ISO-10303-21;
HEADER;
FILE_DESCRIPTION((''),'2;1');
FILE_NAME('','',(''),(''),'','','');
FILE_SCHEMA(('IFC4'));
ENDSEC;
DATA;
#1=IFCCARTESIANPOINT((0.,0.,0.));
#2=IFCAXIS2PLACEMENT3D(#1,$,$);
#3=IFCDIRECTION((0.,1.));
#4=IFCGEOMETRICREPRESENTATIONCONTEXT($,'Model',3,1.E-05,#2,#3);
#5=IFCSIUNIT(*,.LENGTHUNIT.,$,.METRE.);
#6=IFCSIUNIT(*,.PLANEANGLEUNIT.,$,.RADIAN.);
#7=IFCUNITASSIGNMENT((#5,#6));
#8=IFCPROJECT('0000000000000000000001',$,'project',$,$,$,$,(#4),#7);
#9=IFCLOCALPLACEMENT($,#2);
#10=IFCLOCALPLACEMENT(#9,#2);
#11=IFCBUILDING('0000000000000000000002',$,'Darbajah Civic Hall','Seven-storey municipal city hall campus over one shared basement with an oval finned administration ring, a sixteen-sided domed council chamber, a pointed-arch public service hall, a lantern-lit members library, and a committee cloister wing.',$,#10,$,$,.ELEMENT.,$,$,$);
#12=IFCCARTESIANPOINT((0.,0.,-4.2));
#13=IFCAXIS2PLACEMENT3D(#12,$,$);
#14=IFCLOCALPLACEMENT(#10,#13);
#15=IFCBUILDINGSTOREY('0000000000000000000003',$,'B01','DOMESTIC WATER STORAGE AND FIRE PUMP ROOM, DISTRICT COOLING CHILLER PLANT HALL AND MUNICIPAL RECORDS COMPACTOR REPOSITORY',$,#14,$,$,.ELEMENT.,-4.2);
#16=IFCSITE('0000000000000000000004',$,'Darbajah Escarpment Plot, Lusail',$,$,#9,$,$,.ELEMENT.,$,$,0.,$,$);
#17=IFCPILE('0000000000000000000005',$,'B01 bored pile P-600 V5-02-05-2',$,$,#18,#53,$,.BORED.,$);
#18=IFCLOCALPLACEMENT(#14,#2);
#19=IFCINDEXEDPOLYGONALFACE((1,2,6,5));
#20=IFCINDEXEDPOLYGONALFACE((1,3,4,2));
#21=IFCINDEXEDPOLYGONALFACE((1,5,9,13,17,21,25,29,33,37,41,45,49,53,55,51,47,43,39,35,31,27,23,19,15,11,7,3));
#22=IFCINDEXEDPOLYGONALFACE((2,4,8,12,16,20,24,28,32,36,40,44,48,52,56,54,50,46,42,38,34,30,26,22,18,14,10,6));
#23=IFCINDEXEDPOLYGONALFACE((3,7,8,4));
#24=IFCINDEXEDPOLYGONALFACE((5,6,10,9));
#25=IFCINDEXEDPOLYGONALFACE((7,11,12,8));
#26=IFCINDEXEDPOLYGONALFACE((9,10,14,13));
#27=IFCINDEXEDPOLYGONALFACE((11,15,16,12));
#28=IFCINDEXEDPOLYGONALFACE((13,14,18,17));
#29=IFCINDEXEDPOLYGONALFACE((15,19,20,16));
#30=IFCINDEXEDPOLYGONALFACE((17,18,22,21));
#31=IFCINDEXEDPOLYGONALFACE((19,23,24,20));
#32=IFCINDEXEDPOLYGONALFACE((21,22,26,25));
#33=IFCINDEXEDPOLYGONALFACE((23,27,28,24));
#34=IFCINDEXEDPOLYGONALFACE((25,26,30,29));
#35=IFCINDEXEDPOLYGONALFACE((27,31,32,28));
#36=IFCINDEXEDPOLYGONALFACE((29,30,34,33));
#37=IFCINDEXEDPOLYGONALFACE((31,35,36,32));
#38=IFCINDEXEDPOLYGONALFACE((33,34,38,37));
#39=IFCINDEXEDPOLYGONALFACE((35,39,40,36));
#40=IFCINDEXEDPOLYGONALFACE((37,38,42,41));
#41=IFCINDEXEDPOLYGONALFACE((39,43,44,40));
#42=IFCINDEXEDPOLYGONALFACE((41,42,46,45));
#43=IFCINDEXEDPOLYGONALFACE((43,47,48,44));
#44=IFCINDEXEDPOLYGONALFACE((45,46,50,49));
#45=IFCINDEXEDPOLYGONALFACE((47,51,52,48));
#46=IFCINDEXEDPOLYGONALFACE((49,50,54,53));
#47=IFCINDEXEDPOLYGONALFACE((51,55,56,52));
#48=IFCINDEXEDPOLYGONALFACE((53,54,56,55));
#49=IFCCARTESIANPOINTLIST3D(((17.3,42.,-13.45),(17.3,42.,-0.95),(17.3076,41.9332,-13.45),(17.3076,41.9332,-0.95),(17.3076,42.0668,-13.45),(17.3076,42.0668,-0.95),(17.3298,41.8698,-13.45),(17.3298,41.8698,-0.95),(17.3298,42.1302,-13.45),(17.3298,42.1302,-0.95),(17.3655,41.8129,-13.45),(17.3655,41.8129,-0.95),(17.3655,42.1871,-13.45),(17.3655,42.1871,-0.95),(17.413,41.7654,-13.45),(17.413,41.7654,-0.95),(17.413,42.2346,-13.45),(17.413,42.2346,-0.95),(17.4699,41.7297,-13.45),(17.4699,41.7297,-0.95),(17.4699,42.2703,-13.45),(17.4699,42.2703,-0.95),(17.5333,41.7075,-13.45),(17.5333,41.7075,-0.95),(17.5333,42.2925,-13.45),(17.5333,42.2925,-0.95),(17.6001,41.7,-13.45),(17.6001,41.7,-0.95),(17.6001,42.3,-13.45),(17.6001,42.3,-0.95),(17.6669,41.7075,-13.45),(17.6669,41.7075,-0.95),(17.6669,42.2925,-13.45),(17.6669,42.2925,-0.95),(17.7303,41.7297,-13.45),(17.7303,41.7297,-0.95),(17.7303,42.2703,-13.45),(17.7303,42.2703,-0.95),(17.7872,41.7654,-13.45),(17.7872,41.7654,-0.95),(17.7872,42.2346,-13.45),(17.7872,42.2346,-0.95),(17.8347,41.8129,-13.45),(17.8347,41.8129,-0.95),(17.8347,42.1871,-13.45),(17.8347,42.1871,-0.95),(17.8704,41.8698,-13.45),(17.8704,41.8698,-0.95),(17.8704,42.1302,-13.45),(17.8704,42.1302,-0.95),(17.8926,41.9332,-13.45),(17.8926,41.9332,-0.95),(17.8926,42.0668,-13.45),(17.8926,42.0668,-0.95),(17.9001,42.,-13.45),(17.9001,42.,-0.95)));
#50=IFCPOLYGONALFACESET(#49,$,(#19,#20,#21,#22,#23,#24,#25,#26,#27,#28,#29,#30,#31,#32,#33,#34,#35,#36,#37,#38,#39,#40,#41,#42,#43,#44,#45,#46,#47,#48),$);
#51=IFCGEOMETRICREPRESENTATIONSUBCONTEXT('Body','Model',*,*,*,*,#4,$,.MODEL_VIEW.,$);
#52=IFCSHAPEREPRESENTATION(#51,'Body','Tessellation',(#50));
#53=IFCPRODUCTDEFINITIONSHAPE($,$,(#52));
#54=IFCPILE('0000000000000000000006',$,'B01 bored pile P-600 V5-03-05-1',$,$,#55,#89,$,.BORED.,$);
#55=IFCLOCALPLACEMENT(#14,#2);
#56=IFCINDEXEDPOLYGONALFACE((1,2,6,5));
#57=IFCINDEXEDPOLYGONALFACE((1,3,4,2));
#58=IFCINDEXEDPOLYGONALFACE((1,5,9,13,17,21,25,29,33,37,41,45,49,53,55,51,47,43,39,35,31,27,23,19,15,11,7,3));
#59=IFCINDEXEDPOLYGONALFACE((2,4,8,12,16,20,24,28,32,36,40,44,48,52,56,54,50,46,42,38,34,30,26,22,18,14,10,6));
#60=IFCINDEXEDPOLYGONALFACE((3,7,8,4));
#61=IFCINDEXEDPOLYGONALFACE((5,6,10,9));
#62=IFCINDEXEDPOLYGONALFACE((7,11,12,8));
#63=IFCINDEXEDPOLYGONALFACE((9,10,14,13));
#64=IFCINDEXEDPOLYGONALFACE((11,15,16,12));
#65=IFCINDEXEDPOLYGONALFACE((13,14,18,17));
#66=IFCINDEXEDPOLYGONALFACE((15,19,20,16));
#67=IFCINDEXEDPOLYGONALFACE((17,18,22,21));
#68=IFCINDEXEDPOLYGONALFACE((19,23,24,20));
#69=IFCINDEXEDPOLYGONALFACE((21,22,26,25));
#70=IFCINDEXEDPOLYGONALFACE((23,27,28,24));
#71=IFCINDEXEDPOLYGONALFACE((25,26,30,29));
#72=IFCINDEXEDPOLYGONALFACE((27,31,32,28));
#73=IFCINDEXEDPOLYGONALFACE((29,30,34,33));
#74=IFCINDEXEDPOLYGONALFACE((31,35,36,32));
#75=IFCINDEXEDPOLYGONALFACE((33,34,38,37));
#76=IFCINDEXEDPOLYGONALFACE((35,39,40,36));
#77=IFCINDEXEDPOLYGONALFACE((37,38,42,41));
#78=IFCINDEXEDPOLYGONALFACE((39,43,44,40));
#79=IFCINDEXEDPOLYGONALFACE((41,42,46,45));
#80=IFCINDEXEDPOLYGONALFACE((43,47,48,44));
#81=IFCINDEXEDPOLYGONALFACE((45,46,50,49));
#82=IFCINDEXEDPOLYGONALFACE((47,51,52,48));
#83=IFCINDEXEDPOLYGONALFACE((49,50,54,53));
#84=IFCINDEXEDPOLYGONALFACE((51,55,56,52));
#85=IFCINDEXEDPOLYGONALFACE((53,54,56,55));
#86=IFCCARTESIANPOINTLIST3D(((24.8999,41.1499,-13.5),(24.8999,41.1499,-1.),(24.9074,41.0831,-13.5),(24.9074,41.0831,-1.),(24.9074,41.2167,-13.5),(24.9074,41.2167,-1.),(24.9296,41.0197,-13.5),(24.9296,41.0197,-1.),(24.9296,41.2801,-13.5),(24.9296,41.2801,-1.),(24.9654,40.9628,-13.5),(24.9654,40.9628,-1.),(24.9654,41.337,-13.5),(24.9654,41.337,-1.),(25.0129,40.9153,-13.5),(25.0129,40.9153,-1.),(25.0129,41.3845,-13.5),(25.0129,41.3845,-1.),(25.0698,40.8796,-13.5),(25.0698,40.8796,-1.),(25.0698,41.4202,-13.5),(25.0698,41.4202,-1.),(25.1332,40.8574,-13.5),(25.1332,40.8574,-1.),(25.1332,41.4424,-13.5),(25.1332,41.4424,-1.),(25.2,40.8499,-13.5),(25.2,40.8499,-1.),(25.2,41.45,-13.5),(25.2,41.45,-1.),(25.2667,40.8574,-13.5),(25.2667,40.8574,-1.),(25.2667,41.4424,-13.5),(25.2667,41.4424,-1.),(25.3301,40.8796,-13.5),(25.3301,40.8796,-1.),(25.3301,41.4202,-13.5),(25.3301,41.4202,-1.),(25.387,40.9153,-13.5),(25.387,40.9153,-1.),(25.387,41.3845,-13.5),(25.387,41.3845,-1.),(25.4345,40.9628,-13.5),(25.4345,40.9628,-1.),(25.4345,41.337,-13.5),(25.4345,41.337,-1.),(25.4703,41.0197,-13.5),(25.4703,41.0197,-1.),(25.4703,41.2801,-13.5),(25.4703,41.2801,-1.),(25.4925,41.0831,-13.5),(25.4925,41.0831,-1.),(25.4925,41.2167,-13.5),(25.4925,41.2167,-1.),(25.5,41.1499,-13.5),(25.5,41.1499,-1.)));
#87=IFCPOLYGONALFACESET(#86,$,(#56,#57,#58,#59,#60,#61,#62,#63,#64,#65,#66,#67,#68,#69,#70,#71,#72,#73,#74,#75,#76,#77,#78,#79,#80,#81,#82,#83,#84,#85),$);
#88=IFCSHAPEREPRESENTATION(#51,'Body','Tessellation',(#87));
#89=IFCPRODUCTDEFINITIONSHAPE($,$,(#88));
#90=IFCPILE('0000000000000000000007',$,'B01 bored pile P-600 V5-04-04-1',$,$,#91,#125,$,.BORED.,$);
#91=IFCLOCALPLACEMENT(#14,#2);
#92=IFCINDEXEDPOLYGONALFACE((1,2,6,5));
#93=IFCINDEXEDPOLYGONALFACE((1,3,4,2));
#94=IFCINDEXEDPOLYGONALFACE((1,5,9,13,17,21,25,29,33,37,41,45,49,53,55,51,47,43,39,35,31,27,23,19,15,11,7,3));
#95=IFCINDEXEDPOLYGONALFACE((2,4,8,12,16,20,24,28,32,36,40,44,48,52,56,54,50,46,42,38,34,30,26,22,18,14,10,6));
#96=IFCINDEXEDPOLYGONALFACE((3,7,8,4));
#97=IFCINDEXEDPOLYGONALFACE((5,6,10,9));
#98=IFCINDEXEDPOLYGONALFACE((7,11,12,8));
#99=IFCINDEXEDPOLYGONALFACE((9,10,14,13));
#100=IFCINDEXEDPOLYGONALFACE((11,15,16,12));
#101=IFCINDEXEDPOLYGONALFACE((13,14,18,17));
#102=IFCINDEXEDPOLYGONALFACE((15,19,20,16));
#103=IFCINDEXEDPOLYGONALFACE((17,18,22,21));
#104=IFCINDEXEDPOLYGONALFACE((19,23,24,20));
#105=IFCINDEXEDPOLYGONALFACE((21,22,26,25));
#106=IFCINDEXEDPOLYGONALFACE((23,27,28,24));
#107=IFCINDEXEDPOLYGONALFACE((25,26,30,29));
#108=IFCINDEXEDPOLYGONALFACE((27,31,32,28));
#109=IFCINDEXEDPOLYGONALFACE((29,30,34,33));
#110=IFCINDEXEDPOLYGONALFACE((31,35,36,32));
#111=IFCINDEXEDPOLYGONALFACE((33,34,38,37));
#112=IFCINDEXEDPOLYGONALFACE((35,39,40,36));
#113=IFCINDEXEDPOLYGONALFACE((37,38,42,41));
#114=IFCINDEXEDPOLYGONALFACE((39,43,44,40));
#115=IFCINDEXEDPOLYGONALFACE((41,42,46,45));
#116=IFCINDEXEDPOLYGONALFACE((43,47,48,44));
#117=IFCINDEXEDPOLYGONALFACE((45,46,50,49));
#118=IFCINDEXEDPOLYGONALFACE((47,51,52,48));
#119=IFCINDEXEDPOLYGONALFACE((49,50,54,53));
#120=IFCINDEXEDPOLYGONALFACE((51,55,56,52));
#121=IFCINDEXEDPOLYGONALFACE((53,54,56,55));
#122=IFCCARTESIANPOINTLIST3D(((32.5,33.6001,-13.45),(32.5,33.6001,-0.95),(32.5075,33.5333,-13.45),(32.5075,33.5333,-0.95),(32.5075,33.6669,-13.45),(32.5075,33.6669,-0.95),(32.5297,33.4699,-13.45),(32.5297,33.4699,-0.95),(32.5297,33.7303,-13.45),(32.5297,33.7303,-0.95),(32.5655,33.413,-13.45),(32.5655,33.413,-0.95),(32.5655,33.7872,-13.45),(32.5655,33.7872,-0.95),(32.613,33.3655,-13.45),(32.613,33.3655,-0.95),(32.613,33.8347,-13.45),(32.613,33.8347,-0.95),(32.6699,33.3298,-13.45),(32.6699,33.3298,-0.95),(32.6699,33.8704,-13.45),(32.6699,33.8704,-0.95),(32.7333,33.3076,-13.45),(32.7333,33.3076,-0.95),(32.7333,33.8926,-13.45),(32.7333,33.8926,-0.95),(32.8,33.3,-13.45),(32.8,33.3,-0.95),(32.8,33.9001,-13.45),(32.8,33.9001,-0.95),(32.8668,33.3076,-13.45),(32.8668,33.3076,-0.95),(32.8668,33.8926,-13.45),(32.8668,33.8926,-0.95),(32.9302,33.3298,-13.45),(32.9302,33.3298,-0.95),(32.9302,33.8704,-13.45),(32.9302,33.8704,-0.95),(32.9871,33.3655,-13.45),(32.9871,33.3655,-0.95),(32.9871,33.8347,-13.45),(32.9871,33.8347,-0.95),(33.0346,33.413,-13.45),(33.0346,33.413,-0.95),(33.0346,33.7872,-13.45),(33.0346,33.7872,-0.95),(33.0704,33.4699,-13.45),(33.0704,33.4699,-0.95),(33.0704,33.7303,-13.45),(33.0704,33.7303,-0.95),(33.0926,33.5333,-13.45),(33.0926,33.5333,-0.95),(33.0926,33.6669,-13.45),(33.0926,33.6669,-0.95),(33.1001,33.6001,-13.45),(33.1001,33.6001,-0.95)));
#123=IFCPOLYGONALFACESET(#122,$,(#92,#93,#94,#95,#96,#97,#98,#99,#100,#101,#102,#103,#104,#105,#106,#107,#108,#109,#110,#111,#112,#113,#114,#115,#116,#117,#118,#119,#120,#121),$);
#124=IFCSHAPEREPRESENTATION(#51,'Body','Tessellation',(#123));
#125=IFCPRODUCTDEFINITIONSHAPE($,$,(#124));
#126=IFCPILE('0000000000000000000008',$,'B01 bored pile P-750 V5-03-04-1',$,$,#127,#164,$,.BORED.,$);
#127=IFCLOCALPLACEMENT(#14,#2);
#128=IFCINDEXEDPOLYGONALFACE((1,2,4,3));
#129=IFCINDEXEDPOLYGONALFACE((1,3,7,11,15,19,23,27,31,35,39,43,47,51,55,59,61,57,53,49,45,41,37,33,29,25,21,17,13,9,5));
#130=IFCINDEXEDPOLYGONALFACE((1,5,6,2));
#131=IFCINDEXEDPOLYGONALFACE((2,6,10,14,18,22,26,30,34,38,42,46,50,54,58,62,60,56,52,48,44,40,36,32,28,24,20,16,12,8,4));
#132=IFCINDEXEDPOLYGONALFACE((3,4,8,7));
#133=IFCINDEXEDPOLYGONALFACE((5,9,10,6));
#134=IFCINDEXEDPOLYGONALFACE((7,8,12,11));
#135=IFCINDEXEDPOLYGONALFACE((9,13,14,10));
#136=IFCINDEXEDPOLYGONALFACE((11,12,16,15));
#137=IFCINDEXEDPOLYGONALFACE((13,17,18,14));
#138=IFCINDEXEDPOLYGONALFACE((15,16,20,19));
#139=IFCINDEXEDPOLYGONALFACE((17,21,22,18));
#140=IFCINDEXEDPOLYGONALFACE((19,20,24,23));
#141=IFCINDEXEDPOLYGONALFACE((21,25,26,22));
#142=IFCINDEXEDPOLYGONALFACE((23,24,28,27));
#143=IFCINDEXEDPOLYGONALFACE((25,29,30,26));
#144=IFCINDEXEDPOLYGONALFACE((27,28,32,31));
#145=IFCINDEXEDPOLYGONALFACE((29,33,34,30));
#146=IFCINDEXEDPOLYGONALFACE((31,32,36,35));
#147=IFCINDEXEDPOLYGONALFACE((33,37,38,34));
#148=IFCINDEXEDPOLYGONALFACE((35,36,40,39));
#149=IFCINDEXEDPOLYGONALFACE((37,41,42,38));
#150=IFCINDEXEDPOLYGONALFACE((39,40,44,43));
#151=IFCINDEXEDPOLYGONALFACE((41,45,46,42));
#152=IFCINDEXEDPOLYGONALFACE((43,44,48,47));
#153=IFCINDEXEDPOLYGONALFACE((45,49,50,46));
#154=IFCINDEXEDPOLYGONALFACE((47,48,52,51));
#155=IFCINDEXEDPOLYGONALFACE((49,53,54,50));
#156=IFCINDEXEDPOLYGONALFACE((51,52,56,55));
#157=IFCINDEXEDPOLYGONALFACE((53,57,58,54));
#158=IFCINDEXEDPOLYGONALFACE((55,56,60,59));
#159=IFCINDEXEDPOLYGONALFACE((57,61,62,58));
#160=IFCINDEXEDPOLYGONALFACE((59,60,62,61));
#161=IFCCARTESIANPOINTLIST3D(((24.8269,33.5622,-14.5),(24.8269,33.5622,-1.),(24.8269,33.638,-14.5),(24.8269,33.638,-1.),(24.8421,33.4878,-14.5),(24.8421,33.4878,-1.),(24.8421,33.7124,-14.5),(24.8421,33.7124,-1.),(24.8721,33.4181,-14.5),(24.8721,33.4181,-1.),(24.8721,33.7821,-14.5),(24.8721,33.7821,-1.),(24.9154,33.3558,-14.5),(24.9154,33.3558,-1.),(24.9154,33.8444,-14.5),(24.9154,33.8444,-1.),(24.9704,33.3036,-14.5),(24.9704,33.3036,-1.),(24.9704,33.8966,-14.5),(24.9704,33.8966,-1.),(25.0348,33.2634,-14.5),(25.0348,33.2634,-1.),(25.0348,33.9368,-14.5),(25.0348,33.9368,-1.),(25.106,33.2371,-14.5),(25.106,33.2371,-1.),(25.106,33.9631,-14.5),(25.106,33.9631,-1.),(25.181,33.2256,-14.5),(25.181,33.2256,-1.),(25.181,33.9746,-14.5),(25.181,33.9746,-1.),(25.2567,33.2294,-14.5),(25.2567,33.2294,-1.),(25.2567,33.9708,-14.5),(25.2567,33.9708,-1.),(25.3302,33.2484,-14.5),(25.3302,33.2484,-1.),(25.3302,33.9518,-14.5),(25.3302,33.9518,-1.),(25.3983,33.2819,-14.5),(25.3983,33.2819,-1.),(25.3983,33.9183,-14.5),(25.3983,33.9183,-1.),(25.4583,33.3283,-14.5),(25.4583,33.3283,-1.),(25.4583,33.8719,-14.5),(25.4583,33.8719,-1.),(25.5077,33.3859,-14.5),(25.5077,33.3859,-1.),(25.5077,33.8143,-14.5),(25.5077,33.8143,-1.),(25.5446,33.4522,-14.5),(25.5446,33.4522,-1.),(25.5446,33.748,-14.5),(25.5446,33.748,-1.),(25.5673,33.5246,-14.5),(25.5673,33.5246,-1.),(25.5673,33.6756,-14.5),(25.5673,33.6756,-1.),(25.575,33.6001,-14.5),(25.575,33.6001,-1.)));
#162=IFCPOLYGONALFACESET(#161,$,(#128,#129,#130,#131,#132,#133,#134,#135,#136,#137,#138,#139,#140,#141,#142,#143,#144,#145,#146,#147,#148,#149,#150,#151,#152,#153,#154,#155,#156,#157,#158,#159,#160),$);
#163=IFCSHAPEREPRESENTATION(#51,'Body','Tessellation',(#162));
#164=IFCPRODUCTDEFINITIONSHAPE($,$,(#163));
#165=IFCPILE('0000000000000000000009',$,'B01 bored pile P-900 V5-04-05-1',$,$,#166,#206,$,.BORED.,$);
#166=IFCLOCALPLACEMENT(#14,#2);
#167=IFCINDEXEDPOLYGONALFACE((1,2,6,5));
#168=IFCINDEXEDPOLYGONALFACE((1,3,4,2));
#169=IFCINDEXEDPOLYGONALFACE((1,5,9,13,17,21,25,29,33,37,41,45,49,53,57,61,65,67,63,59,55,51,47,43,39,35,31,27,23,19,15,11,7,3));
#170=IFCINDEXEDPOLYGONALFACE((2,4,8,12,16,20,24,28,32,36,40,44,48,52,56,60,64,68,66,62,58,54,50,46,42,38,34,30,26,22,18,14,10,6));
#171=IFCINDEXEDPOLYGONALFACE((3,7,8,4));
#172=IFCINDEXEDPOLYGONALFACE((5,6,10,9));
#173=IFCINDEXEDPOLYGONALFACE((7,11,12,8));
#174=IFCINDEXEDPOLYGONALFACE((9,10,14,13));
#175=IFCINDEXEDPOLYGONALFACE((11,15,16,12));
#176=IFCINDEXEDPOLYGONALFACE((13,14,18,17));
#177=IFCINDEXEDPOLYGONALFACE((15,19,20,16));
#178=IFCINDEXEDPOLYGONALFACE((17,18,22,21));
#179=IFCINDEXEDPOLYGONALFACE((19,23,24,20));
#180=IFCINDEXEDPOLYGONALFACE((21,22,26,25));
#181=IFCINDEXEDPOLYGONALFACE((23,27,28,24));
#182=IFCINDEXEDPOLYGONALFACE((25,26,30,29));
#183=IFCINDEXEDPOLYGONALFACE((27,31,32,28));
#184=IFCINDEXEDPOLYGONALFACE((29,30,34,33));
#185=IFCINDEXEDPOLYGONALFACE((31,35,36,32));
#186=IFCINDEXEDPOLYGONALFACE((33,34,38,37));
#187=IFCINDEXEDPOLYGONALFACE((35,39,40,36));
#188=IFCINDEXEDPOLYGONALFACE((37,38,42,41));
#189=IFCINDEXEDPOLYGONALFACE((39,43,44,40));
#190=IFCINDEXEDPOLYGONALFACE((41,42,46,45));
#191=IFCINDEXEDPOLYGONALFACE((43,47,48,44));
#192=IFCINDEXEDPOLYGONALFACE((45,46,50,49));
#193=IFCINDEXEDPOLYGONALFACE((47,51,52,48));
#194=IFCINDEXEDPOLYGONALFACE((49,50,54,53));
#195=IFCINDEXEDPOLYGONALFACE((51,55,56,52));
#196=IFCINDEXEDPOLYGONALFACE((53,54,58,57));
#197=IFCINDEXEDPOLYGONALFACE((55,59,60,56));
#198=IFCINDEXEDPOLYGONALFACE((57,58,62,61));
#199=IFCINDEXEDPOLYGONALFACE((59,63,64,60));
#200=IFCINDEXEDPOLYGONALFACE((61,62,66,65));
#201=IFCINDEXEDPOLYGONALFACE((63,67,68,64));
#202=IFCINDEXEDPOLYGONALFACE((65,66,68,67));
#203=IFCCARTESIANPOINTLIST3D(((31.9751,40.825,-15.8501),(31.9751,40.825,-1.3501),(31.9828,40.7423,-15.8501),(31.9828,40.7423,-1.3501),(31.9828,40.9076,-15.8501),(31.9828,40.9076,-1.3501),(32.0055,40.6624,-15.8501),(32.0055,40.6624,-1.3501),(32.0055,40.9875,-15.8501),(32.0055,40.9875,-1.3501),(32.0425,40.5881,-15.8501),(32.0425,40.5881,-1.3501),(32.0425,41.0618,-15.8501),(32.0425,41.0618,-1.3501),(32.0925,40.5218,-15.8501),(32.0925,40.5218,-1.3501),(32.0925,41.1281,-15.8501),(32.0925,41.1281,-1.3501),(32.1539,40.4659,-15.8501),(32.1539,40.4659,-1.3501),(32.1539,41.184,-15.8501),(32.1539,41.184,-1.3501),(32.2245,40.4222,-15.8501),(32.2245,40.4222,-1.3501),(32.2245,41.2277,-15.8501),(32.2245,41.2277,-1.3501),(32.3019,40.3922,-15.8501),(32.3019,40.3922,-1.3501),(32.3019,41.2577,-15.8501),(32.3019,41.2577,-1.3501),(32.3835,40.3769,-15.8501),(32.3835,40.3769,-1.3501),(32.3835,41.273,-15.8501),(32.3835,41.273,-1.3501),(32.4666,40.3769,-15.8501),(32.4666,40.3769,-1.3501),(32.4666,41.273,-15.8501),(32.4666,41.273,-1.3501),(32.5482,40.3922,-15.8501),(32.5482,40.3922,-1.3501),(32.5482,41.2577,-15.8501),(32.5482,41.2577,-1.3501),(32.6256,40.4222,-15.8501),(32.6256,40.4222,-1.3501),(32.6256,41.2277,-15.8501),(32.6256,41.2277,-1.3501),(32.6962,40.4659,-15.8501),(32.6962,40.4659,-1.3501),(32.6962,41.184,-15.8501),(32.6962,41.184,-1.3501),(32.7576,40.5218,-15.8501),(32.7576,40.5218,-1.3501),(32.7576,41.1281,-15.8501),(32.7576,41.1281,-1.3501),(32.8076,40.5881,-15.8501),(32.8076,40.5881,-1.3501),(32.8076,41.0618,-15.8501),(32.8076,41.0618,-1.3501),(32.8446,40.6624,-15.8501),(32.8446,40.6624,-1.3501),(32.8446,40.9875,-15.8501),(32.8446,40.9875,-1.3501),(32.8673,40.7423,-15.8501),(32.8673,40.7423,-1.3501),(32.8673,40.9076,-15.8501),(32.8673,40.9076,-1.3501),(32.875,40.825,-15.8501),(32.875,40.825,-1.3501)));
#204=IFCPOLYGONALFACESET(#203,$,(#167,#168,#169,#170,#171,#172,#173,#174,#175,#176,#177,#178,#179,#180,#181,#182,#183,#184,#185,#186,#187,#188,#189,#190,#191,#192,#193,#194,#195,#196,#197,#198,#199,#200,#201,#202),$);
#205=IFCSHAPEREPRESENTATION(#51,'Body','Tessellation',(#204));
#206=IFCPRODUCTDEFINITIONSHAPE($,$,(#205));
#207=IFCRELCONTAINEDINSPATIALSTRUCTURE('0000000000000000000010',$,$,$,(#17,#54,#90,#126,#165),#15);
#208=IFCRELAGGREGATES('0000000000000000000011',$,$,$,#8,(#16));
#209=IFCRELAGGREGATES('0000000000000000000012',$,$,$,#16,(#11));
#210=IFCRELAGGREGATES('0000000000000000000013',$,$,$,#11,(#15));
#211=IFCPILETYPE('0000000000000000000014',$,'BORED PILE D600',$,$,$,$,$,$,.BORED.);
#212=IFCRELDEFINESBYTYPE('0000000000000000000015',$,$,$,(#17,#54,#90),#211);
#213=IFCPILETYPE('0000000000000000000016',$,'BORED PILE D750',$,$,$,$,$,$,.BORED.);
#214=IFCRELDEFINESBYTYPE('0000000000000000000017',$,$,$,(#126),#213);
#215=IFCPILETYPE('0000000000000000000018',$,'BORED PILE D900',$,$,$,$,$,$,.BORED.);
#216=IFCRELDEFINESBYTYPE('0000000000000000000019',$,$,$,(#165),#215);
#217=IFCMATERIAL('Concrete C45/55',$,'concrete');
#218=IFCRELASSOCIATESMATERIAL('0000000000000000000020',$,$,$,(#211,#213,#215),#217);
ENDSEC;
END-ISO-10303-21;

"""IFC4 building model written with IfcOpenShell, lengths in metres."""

from ifc_helpers import new_model, si_unit, direction, frame, origin, origin_2d, place, context, subcontext, project, spatial, circle, extrude, material, material_profile, profile_set, type_object, element, save


model = new_model("IFC4")

# Units and contexts
model_context = context("Model", 3, precision=1e-05, world=origin(), true_north=direction((0.0, 1.0)))
body_context = subcontext(model_context, "Body", "Model", "MODEL_VIEW")
ifc_project = project(units=[si_unit("LENGTHUNIT", "METRE"), si_unit("PLANEANGLEUNIT", "RADIAN")], contexts=[model_context])

# Site, building, storey
site_placement = place(None, origin())
site = spatial("IfcSite", under=ifc_project, at=site_placement, Name="Darbajah Escarpment Plot, Lusail", CompositionType="ELEMENT", RefElevation=0.0)
building_placement = place(site_placement, origin())
building = spatial("IfcBuilding", under=site, at=building_placement, Name="Darbajah Civic Hall", Description="Seven-storey municipal city hall campus over one shared basement with an oval finned administration ring, a sixteen-sided domed council chamber, a pointed-arch public service hall, a lantern-lit members library, and a committee cloister wing.", CompositionType="ELEMENT")
storey_placement = place(building_placement, frame((0.0, 0.0, -4.2)))
storey = spatial("IfcBuildingStorey", under=building, at=storey_placement, Name="B01", Description="DOMESTIC WATER STORAGE AND FIRE PUMP ROOM, DISTRICT COOLING CHILLER PLANT HALL AND MUNICIPAL RECORDS COMPACTOR REPOSITORY", CompositionType="ELEMENT", Elevation=-4.2)

# Piles
ifc_material_1 = material(Name="Concrete C45/55", Category="concrete")
ifc_material_profile_1 = material_profile(ifc_material_1, circle(Radius=0.3, at=origin_2d()), Name="BORED PILE D600")
ifc_profile_set_1 = profile_set([ifc_material_profile_1], Name="Concrete C45/55")
pile_type_1 = type_object("IfcPileType", Name="BORED PILE D600", PredefinedType="BORED", material=ifc_profile_set_1)
for number, where, z_axis, x_axis, name in (
    (1, (17.6001, 42.0, -0.95), (0.0, 0.0, -1.0), (1.0, 0.0, 0.0), "B01 bored pile P-600 V5-02-05-2"),
    (2, (25.2, 41.1499, -1.0), (0.0, 0.0, -1.0), (1.0, 0.0, 0.0), "B01 bored pile P-600 V5-03-05-1"),
    (3, (32.8, 33.6001, -0.95), (0.0, 0.0, -1.0), (1.0, 0.0, 0.0), "B01 bored pile P-600 V5-04-04-1"),
):
    element("IfcPile", number, at=place(storey_placement, frame(where, z_axis=z_axis, x_axis=x_axis)), inside=storey, type_object=pile_type_1, Name=name, PredefinedType="BORED", context=body_context, shape_type="SweptSolid", body=[
        extrude(circle(Radius=0.3, at=origin_2d()), origin(), (0.0, 0.0, 1.0), 12.5),
    ])
ifc_material_profile_2 = material_profile(ifc_material_1, circle(Radius=0.375, at=origin_2d()), Name="BORED PILE D750")
ifc_profile_set_2 = profile_set([ifc_material_profile_2], Name="Concrete C45/55")
pile_type_2 = type_object("IfcPileType", Name="BORED PILE D750", PredefinedType="BORED", material=ifc_profile_set_2)
pile_1_placement = place(storey_placement, frame((25.2, 33.6001, -1.0), z_axis=(0.0, 0.0, -1.0), x_axis=(1.0, 0.0, 0.0)))
element("IfcPile", 4, at=pile_1_placement, inside=storey, type_object=pile_type_2, Name="B01 bored pile P-750 V5-03-04-1", PredefinedType="BORED", context=body_context, shape_type="SweptSolid", body=[
    extrude(circle(Radius=0.375, at=origin_2d()), origin(), (0.0, 0.0, 1.0), 13.5),
])
ifc_material_profile_3 = material_profile(ifc_material_1, circle(Radius=0.45, at=origin_2d()), Name="BORED PILE D900")
ifc_profile_set_3 = profile_set([ifc_material_profile_3], Name="Concrete C45/55")
pile_type_3 = type_object("IfcPileType", Name="BORED PILE D900", PredefinedType="BORED", material=ifc_profile_set_3)
pile_2_placement = place(storey_placement, frame((32.425, 40.825, -1.3501), z_axis=(0.0, 0.0, -1.0), x_axis=(1.0, 0.0, 0.0)))
element("IfcPile", 5, at=pile_2_placement, inside=storey, type_object=pile_type_3, Name="B01 bored pile P-900 V5-04-05-1", PredefinedType="BORED", context=body_context, shape_type="SweptSolid", body=[
    extrude(circle(Radius=0.45, at=origin_2d()), origin(), (0.0, 0.0, 1.0), 14.5),
])

save(model, "model.ifc")
